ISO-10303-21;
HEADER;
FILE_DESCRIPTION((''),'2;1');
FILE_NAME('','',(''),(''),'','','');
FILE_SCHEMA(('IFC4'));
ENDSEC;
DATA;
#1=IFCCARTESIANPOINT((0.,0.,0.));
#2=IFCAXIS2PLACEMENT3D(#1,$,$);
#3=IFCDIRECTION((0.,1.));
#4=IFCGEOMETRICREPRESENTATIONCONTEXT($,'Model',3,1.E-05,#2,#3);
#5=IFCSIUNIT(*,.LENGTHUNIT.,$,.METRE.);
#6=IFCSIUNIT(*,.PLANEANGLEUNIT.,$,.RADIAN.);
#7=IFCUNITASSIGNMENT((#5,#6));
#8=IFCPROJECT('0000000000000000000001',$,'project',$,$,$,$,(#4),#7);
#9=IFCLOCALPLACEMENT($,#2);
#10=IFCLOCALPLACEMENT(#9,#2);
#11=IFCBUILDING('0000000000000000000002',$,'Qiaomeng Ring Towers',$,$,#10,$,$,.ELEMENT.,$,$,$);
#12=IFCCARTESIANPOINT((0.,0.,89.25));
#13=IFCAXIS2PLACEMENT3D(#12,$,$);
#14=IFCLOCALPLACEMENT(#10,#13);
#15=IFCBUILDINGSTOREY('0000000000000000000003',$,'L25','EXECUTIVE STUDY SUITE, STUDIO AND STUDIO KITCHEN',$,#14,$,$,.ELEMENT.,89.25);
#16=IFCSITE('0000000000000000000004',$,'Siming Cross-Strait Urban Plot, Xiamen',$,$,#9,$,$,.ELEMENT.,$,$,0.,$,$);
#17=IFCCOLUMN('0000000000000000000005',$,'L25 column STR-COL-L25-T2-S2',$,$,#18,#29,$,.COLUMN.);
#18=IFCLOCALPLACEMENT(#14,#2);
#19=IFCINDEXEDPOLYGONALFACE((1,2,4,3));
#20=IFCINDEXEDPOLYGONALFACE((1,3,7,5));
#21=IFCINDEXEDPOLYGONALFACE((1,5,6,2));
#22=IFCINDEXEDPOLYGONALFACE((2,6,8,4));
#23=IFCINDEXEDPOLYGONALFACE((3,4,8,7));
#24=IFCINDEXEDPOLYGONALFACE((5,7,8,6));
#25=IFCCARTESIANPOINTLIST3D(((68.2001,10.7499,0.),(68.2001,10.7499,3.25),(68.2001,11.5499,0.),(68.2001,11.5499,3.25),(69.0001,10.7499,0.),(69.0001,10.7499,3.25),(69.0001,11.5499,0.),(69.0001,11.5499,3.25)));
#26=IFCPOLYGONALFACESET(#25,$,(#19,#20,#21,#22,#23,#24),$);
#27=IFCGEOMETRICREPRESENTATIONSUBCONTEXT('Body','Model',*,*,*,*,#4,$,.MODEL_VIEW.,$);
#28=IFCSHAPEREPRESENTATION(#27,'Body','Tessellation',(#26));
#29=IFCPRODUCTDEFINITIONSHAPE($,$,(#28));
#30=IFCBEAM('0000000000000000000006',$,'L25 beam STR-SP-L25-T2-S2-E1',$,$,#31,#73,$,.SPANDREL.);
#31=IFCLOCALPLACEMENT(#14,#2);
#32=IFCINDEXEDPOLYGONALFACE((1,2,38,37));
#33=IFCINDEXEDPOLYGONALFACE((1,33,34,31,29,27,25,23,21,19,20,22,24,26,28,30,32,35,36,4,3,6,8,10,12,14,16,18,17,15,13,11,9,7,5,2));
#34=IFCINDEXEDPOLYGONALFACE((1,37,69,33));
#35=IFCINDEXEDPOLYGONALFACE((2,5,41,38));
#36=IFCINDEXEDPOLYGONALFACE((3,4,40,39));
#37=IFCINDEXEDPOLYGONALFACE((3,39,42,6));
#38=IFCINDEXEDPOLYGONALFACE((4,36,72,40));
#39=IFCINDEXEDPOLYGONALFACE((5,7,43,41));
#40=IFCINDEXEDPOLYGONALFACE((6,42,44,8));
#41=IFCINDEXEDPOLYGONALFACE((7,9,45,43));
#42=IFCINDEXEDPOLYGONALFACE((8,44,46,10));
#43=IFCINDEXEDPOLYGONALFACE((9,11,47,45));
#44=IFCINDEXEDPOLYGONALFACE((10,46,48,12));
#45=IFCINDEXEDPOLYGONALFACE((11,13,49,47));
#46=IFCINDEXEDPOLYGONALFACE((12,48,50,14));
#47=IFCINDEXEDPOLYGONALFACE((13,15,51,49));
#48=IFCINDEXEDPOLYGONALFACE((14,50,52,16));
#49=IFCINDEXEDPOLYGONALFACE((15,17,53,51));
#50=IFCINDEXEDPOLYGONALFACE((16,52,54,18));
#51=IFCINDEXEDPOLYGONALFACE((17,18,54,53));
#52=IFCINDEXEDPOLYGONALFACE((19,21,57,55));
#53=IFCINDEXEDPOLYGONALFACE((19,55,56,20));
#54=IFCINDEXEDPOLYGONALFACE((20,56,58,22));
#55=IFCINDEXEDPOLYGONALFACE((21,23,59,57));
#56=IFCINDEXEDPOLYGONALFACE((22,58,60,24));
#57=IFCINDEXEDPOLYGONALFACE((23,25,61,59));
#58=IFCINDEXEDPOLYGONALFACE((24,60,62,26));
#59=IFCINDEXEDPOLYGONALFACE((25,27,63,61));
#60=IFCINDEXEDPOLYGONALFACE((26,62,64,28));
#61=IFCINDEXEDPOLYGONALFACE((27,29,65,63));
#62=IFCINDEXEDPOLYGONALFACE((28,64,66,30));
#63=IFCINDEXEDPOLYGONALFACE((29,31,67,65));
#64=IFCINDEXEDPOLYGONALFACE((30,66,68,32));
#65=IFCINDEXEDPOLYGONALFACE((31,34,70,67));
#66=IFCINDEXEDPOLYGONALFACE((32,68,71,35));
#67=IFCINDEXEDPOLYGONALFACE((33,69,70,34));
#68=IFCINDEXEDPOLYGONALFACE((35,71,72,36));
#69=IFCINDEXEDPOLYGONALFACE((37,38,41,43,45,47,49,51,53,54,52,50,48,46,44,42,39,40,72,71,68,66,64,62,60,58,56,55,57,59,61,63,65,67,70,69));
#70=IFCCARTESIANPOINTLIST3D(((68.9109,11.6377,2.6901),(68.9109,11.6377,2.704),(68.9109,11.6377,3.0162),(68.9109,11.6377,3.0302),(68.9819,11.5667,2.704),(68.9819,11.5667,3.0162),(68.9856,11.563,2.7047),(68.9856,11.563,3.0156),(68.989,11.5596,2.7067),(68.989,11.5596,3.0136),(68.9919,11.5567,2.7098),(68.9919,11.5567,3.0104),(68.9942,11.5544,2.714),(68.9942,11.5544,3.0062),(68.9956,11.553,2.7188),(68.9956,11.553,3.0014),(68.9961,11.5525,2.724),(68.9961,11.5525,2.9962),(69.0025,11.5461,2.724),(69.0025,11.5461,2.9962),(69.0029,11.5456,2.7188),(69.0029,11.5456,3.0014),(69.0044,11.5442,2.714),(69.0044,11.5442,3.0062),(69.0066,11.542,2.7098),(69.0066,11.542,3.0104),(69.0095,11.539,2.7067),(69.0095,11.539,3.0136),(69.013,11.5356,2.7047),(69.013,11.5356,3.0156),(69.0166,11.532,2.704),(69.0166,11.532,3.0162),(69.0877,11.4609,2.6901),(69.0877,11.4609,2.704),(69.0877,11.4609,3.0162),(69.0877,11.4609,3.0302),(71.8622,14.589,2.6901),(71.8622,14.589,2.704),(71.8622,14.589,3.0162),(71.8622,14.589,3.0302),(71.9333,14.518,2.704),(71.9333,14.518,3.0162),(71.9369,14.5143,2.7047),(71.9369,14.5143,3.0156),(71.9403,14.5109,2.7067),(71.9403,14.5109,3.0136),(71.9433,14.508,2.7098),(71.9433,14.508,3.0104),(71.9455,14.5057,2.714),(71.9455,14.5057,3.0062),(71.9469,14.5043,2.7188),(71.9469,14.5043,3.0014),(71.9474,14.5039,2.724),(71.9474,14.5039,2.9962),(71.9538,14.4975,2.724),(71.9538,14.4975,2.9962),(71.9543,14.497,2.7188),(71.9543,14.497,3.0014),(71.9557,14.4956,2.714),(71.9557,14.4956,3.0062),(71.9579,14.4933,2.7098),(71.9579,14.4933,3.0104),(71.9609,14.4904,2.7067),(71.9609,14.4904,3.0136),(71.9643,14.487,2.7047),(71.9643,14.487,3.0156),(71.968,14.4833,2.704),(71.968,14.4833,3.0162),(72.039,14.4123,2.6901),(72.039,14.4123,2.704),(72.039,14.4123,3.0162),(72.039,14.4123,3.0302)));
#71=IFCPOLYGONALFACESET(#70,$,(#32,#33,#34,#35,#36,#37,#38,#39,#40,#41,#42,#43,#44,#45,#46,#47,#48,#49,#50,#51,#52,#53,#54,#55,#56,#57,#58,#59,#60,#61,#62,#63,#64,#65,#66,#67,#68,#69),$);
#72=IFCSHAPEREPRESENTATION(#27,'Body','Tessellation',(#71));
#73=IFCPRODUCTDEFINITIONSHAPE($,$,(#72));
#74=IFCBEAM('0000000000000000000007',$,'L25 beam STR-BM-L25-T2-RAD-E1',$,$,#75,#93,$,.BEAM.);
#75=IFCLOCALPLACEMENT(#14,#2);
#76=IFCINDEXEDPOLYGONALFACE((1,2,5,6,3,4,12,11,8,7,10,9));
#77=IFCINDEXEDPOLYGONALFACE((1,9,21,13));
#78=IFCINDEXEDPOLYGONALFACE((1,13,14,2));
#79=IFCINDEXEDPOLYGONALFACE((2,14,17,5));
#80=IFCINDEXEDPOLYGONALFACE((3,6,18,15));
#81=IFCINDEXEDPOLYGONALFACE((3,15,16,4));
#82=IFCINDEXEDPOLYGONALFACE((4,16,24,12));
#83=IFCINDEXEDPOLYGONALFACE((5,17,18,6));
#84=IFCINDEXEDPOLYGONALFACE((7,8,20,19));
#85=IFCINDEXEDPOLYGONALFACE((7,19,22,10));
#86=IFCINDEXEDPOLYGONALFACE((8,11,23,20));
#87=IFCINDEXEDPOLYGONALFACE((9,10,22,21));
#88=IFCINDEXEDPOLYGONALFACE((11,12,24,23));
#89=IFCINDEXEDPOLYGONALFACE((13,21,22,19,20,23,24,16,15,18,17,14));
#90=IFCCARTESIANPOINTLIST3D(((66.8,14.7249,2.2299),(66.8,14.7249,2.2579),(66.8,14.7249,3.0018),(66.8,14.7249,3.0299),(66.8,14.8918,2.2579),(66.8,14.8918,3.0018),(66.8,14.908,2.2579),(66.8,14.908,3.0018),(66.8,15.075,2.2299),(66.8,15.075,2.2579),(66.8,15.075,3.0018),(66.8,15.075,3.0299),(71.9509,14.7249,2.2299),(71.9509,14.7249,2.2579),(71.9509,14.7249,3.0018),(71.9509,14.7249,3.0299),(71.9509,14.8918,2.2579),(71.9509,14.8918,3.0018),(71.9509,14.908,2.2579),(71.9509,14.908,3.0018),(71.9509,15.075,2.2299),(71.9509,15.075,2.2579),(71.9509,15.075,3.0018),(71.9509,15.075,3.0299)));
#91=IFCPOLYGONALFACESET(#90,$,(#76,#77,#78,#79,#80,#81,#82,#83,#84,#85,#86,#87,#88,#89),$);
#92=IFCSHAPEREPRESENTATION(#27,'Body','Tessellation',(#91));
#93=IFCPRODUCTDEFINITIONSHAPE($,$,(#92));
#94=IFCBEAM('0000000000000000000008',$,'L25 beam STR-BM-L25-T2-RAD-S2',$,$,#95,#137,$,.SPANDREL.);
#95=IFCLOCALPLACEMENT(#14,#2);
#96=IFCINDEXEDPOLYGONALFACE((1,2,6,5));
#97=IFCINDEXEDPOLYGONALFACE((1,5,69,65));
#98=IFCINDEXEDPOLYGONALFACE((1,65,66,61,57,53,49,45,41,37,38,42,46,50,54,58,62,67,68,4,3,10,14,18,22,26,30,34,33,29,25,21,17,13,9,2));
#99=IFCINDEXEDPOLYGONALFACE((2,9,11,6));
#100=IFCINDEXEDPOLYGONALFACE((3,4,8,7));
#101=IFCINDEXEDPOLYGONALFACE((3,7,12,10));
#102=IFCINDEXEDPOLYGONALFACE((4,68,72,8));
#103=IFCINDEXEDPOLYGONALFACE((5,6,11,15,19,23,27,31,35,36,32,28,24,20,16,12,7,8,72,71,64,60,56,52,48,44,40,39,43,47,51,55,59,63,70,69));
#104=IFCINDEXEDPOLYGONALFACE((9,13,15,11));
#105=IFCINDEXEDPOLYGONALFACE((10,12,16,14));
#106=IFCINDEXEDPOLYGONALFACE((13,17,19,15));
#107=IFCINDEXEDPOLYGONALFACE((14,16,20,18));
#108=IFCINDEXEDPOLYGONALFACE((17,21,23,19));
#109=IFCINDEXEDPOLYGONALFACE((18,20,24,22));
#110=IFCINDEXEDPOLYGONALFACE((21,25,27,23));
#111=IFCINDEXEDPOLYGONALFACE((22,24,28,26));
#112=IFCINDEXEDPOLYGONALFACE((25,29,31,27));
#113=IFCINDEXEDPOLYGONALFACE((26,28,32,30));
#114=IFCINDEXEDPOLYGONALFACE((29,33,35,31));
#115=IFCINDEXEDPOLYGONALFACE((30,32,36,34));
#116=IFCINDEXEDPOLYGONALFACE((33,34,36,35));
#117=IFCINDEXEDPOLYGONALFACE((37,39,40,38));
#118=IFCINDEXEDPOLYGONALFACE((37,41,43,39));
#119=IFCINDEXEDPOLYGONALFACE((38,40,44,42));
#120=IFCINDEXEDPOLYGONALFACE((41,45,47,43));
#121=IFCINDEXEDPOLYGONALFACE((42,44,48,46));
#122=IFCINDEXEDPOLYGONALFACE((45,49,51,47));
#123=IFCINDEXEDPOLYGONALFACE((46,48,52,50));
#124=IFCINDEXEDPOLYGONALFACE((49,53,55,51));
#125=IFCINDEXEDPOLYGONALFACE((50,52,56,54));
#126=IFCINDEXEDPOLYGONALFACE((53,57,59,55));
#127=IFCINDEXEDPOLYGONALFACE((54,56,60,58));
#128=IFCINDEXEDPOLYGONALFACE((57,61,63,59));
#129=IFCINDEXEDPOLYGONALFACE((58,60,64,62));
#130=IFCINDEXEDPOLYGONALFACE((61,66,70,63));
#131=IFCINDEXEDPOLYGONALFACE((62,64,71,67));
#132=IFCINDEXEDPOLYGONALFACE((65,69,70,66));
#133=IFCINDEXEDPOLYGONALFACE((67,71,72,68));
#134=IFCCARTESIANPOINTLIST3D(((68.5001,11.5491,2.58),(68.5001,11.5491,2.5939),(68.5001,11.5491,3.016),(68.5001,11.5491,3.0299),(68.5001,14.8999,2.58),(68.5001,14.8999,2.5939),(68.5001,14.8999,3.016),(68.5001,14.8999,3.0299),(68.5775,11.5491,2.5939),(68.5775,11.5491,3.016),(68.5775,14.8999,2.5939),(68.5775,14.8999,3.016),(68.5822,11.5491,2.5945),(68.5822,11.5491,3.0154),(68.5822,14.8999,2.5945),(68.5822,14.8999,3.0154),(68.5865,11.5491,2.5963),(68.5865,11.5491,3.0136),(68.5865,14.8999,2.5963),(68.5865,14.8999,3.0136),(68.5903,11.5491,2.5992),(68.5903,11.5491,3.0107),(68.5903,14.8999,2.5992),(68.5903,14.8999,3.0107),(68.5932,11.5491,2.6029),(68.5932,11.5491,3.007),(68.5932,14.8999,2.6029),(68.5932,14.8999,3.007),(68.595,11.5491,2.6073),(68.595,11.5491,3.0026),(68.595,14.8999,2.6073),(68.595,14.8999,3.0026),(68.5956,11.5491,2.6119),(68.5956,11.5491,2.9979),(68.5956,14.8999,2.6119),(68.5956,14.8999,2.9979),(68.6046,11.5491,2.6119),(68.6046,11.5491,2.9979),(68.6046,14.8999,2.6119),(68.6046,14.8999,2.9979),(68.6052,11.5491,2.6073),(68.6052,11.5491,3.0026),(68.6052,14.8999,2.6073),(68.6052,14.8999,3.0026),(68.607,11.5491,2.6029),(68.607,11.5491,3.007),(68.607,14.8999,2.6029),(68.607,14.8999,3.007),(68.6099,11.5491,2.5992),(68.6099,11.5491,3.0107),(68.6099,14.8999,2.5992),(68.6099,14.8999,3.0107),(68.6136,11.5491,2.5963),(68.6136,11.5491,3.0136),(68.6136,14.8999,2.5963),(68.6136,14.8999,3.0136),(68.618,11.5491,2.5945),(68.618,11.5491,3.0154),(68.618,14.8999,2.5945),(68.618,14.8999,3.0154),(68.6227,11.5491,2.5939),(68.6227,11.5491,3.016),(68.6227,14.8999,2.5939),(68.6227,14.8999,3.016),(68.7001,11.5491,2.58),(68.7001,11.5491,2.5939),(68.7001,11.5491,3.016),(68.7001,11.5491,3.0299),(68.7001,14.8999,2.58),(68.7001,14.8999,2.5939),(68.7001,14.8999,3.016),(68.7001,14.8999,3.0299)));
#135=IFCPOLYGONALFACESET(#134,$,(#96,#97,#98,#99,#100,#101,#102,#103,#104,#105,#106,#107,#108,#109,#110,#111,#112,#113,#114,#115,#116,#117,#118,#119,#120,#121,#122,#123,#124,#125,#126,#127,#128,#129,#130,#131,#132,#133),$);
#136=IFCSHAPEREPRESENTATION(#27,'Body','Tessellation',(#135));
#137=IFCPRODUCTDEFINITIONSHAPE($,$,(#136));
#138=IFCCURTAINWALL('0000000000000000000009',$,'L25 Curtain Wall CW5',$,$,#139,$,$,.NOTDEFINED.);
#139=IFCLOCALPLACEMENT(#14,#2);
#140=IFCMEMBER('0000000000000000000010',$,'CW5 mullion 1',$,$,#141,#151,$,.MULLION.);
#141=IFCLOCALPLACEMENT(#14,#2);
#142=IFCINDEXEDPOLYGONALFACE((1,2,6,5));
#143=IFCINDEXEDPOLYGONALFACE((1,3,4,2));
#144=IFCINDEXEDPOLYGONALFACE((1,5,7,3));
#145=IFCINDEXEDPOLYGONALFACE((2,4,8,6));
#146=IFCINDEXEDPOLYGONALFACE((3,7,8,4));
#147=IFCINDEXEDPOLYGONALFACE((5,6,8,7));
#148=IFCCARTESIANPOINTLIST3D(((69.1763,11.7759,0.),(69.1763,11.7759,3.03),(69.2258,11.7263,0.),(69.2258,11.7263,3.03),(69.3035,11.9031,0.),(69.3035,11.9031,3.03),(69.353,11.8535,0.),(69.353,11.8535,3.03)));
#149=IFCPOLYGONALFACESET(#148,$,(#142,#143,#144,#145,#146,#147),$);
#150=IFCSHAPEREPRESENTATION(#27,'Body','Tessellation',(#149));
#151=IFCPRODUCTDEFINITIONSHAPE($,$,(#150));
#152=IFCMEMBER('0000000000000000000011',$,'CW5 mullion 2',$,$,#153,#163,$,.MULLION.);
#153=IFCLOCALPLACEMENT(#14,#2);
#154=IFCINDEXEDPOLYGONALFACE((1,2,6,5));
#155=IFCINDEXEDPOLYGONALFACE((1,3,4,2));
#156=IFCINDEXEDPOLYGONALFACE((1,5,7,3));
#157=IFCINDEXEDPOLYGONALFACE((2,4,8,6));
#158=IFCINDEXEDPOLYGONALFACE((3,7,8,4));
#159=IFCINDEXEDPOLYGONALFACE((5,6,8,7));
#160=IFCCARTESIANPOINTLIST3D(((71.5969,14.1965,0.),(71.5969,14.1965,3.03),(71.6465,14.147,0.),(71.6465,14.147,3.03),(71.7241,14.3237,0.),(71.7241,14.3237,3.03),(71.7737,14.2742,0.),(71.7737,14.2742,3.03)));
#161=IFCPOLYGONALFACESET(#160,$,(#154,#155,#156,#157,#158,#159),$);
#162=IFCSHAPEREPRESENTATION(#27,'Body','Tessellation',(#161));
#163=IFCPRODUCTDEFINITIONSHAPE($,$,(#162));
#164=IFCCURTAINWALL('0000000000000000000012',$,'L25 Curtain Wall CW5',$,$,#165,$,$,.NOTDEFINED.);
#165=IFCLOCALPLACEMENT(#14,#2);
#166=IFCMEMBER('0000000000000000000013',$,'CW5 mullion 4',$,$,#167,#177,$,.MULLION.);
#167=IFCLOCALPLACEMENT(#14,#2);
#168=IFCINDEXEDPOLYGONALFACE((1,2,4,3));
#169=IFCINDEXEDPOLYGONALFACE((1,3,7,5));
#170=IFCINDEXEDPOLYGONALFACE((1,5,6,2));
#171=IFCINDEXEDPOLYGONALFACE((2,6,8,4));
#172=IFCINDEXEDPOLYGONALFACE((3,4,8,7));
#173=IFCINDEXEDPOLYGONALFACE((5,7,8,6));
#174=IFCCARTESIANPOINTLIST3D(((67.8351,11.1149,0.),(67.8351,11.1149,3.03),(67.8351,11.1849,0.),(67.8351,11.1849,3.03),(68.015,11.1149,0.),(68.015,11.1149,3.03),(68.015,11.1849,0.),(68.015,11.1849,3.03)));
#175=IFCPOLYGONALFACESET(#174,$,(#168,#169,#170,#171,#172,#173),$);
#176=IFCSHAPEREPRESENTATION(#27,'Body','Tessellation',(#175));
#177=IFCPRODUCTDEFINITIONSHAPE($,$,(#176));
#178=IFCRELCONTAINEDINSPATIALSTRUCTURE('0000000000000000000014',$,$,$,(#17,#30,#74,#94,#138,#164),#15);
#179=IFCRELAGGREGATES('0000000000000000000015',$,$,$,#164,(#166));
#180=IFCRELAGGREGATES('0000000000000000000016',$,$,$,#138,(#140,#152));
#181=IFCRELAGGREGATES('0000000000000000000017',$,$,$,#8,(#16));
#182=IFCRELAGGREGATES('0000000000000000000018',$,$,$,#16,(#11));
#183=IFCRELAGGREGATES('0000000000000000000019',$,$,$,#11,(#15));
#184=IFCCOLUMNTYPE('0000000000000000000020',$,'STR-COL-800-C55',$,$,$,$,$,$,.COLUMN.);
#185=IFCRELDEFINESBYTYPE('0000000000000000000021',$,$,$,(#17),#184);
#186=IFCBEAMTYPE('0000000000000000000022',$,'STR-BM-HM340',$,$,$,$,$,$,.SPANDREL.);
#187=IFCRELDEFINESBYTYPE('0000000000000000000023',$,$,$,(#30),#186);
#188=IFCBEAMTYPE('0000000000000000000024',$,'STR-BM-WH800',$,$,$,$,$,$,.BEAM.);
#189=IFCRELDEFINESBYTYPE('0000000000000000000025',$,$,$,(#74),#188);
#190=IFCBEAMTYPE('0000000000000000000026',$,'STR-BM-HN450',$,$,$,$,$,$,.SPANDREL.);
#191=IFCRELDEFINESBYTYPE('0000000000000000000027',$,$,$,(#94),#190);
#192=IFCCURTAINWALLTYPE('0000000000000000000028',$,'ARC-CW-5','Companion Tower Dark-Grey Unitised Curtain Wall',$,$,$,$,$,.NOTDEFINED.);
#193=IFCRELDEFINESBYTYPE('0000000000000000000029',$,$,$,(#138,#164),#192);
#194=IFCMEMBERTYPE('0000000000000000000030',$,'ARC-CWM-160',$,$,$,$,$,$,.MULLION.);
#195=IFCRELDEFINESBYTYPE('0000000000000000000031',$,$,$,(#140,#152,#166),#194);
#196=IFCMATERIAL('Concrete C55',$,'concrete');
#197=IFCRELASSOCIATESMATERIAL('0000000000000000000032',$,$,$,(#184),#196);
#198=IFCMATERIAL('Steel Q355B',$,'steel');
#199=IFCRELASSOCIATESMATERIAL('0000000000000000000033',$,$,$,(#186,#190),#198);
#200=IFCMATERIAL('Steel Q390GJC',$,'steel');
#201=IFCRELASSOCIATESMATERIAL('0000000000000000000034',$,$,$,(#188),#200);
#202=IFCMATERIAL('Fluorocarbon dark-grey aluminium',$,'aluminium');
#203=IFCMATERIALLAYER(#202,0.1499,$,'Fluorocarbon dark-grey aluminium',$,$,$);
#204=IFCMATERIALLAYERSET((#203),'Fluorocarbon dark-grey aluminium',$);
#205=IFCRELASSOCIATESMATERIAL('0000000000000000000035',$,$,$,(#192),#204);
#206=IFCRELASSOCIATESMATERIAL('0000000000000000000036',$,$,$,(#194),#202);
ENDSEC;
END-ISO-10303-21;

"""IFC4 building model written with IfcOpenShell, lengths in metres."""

from ifc_helpers import new_model, si_unit, direction, frame, origin, origin_2d, place, context, subcontext, project, spatial, rectangle, i_section, extrude, source, transform, mapped, material, layer, layer_set, material_profile, profile_set, type_object, element, aggregate, save


model = new_model("IFC4")

# Units and contexts
model_context = context("Model", 3, precision=1e-05, world=origin(), true_north=direction((0.0, 1.0)))
body_context = subcontext(model_context, "Body", "Model", "MODEL_VIEW")
ifc_project = project(units=[si_unit("LENGTHUNIT", "METRE"), si_unit("PLANEANGLEUNIT", "RADIAN")], contexts=[model_context])

# Site, building, storey
site_placement = place(None, origin())
site = spatial("IfcSite", under=ifc_project, at=site_placement, Name="Siming Cross-Strait Urban Plot, Xiamen", CompositionType="ELEMENT", RefElevation=0.0)
building_placement = place(site_placement, origin())
building = spatial("IfcBuilding", under=site, at=building_placement, Name="Qiaomeng Ring Towers", CompositionType="ELEMENT")
storey_placement = place(building_placement, frame((0.0, 0.0, 89.25)))
storey = spatial("IfcBuildingStorey", under=building, at=storey_placement, Name="L25", Description="EXECUTIVE STUDY SUITE, STUDIO AND STUDIO KITCHEN", CompositionType="ELEMENT", Elevation=89.25)

# Column
ifc_material_1 = material(Name="Concrete C55", Category="concrete")
ifc_material_profile_1 = material_profile(ifc_material_1, rectangle(XDim=0.8, YDim=0.8, at=origin_2d()), Name="RC COL 800x800")
ifc_profile_set_1 = profile_set([ifc_material_profile_1], Name="Concrete C55")
column_type = type_object("IfcColumnType", Name="STR-COL-800-C55", PredefinedType="COLUMN", material=ifc_profile_set_1)
shared_shape_1 = source(origin(), body_context, "Body", "SweptSolid", [
    extrude(rectangle(XDim=0.8, YDim=0.8, at=origin_2d()), origin(), (0.0, 0.0, 1.0), 3.25),
])
column_placement = place(storey_placement, frame((68.6001, 11.1499, 0.0), z_axis=(0.0, 0.0, 1.0), x_axis=(1.0, 0.0, 0.0)))
element("IfcColumn", 1, at=column_placement, inside=storey, type_object=column_type, Name="L25 column STR-COL-L25-T2-S2", PredefinedType="COLUMN", context=body_context, shape_type="MappedRepresentation", body=[
    mapped(shared_shape_1, transform((0.0, 0.0, 0.0), x_axis=(1.0, 0.0, 0.0), y_axis=(0.0, 1.0, 0.0), z_axis=(0.0, 0.0, 1.0), scale=1.0)),
])

# Beams
ifc_material_2 = material(Name="Steel Q355B", Category="steel")
ifc_material_profile_2 = material_profile(ifc_material_2, i_section(OverallWidth=0.25, OverallDepth=0.3401, WebThickness=0.009, FlangeThickness=0.0139, FilletRadius=0.02, at=origin_2d()), Name="HM 340x250x9x14")
ifc_profile_set_2 = profile_set([ifc_material_profile_2], Name="Steel Q355B")
beam_type_1 = type_object("IfcBeamType", Name="STR-BM-HM340", PredefinedType="SPANDREL", material=ifc_profile_set_2)
shared_shape_2 = source(origin(), body_context, "Body", "SweptSolid", [
    extrude(i_section(OverallWidth=0.25, OverallDepth=0.3401, WebThickness=0.009, FlangeThickness=0.0139, FilletRadius=0.02, at=origin_2d()), origin(), (0.0, 0.0, 1.0), 4.1738),
])
beam_1_placement = place(storey_placement, frame((68.9993, 11.5493, 2.8601), z_axis=(0.707107, 0.707107, 0.0), x_axis=(-0.707107, 0.707107, 0.0)))
element("IfcBeam", 2, at=beam_1_placement, inside=storey, type_object=beam_type_1, Name="L25 beam STR-SP-L25-T2-S2-E1", PredefinedType="SPANDREL", context=body_context, shape_type="MappedRepresentation", body=[
    mapped(shared_shape_2, transform((0.0, 0.0, 0.0), x_axis=(1.0, 0.0, 0.0), y_axis=(0.0, 1.0, 0.0), z_axis=(0.0, 0.0, 1.0), scale=1.0)),
])
ifc_material_3 = material(Name="Steel Q390GJC", Category="steel")
ifc_material_profile_3 = material_profile(ifc_material_3, i_section(OverallWidth=0.3501, OverallDepth=0.8, WebThickness=0.0161, FlangeThickness=0.0281, at=origin_2d()), Name="WH 800x350x16x28")
ifc_profile_set_3 = profile_set([ifc_material_profile_3], Name="Steel Q390GJC")
beam_type_2 = type_object("IfcBeamType", Name="STR-BM-WH800", PredefinedType="BEAM", material=ifc_profile_set_3)
shared_shape_3 = source(origin(), body_context, "Body", "SweptSolid", [
    extrude(i_section(OverallWidth=0.3501, OverallDepth=0.8, WebThickness=0.0161, FlangeThickness=0.0281, at=origin_2d()), origin(), (0.0, 0.0, 1.0), 5.1509),
])
beam_2_placement = place(storey_placement, frame((66.8, 14.8999, 2.6299), z_axis=(1.0, 0.0, 0.0), x_axis=(0.0, 1.0, 0.0)))
element("IfcBeam", 3, at=beam_2_placement, inside=storey, type_object=beam_type_2, Name="L25 beam STR-BM-L25-T2-RAD-E1", PredefinedType="BEAM", context=body_context, shape_type="MappedRepresentation", body=[
    mapped(shared_shape_3, transform((0.0, 0.0, 0.0), x_axis=(1.0, 0.0, 0.0), y_axis=(0.0, 1.0, 0.0), z_axis=(0.0, 0.0, 1.0), scale=1.0)),
])
ifc_material_profile_4 = material_profile(ifc_material_2, i_section(OverallWidth=0.2, OverallDepth=0.45, WebThickness=0.009, FlangeThickness=0.0139, FilletRadius=0.0181, at=origin_2d()), Name="HN 450x200x9x14")
ifc_profile_set_4 = profile_set([ifc_material_profile_4], Name="Steel Q355B")
beam_type_3 = type_object("IfcBeamType", Name="STR-BM-HN450", PredefinedType="SPANDREL", material=ifc_profile_set_4)
shared_shape_4 = source(origin(), body_context, "Body", "SweptSolid", [
    extrude(i_section(OverallWidth=0.2, OverallDepth=0.45, WebThickness=0.009, FlangeThickness=0.0139, FilletRadius=0.0181, at=origin_2d()), origin(), (0.0, 0.0, 1.0), 3.3508),
])
beam_3_placement = place(storey_placement, frame((68.6001, 11.5491, 2.8049), z_axis=(0.0, 1.0, 0.0), x_axis=(-1.0, 0.0, 0.0)))
element("IfcBeam", 4, at=beam_3_placement, inside=storey, type_object=beam_type_3, Name="L25 beam STR-BM-L25-T2-RAD-S2", PredefinedType="SPANDREL", context=body_context, shape_type="MappedRepresentation", body=[
    mapped(shared_shape_4, transform((0.0, 0.0, 0.0), x_axis=(1.0, 0.0, 0.0), y_axis=(0.0, 1.0, 0.0), z_axis=(0.0, 0.0, 1.0), scale=1.0)),
])

# Curtain wall, members
ifc_material_4 = material(Name="Fluorocarbon dark-grey aluminium", Category="aluminium")
ifc_layer_1 = layer(ifc_material_4, 0.1499, Name="Fluorocarbon dark-grey aluminium")
ifc_layer_set_1 = layer_set([ifc_layer_1], Name="Fluorocarbon dark-grey aluminium")
curtain_wall_type = type_object("IfcCurtainWallType", Name="ARC-CW-5", Description="Companion Tower Dark-Grey Unitised Curtain Wall", PredefinedType="NOTDEFINED", material=ifc_layer_set_1)
curtain_wall_1_placement = place(storey_placement, origin())
curtain_wall_1 = element("IfcCurtainWall", 5, at=curtain_wall_1_placement, inside=storey, type_object=curtain_wall_type, Name="L25 Curtain Wall CW5", PredefinedType="NOTDEFINED")
ifc_material_profile_5 = material_profile(ifc_material_4, rectangle(XDim=0.0701, YDim=0.1799, at=origin_2d()), Name="ALU MULL 70x180")
ifc_profile_set_5 = profile_set([ifc_material_profile_5], Name="Fluorocarbon dark-grey aluminium")
member_type_1 = type_object("IfcMemberType", Name="ARC-CWM-160", PredefinedType="MULLION", material=ifc_profile_set_5)
shared_shape_5 = source(origin(), body_context, "Body", "SweptSolid", [
    extrude(rectangle(XDim=0.0701, YDim=0.1799, at=origin_2d()), origin(), (0.0, 0.0, 1.0), 3.03),
])
member_1_placement = place(storey_placement, frame((69.2646, 11.8147, 0.0), z_axis=(0.0, 0.0, 1.0), x_axis=(-0.707107, 0.707107, 0.0)))
member_1 = element("IfcMember", 6, at=member_1_placement, type_object=member_type_1, Name="CW5 mullion 1", PredefinedType="MULLION", context=body_context, shape_type="MappedRepresentation", body=[
    mapped(shared_shape_5, transform((0.0, 0.0, 0.0), x_axis=(1.0, 0.0, 0.0), y_axis=(0.0, 1.0, 0.0), z_axis=(0.0, 0.0, 1.0), scale=1.0)),
])
member_2_placement = place(storey_placement, frame((71.6853, 14.2354, 0.0), z_axis=(0.0, 0.0, 1.0), x_axis=(-0.707107, 0.707107, 0.0)))
member_2 = element("IfcMember", 7, at=member_2_placement, type_object=member_type_1, Name="CW5 mullion 2", PredefinedType="MULLION", context=body_context, shape_type="MappedRepresentation", body=[
    mapped(shared_shape_5, transform((0.0, 0.0, 0.0), x_axis=(1.0, 0.0, 0.0), y_axis=(0.0, 1.0, 0.0), z_axis=(0.0, 0.0, 1.0), scale=1.0)),
])

# Curtain wall, member
curtain_wall_2_placement = place(storey_placement, origin())
curtain_wall_2 = element("IfcCurtainWall", 8, at=curtain_wall_2_placement, inside=storey, type_object=curtain_wall_type, Name="L25 Curtain Wall CW5", PredefinedType="NOTDEFINED")
member_3_placement = place(storey_placement, frame((67.925, 11.1499, 0.0), z_axis=(0.0, 0.0, 1.0), x_axis=(0.0, 1.0, 0.0)))
member_3 = element("IfcMember", 9, at=member_3_placement, type_object=member_type_1, Name="CW5 mullion 4", PredefinedType="MULLION", context=body_context, shape_type="MappedRepresentation", body=[
    mapped(shared_shape_5, transform((0.0, 0.0, 0.0), x_axis=(1.0, 0.0, 0.0), y_axis=(0.0, 1.0, 0.0), z_axis=(0.0, 0.0, 1.0), scale=1.0)),
])
aggregate(curtain_wall_2, [member_3])

aggregate(curtain_wall_1, [member_1, member_2])

save(model, "model.ifc")
